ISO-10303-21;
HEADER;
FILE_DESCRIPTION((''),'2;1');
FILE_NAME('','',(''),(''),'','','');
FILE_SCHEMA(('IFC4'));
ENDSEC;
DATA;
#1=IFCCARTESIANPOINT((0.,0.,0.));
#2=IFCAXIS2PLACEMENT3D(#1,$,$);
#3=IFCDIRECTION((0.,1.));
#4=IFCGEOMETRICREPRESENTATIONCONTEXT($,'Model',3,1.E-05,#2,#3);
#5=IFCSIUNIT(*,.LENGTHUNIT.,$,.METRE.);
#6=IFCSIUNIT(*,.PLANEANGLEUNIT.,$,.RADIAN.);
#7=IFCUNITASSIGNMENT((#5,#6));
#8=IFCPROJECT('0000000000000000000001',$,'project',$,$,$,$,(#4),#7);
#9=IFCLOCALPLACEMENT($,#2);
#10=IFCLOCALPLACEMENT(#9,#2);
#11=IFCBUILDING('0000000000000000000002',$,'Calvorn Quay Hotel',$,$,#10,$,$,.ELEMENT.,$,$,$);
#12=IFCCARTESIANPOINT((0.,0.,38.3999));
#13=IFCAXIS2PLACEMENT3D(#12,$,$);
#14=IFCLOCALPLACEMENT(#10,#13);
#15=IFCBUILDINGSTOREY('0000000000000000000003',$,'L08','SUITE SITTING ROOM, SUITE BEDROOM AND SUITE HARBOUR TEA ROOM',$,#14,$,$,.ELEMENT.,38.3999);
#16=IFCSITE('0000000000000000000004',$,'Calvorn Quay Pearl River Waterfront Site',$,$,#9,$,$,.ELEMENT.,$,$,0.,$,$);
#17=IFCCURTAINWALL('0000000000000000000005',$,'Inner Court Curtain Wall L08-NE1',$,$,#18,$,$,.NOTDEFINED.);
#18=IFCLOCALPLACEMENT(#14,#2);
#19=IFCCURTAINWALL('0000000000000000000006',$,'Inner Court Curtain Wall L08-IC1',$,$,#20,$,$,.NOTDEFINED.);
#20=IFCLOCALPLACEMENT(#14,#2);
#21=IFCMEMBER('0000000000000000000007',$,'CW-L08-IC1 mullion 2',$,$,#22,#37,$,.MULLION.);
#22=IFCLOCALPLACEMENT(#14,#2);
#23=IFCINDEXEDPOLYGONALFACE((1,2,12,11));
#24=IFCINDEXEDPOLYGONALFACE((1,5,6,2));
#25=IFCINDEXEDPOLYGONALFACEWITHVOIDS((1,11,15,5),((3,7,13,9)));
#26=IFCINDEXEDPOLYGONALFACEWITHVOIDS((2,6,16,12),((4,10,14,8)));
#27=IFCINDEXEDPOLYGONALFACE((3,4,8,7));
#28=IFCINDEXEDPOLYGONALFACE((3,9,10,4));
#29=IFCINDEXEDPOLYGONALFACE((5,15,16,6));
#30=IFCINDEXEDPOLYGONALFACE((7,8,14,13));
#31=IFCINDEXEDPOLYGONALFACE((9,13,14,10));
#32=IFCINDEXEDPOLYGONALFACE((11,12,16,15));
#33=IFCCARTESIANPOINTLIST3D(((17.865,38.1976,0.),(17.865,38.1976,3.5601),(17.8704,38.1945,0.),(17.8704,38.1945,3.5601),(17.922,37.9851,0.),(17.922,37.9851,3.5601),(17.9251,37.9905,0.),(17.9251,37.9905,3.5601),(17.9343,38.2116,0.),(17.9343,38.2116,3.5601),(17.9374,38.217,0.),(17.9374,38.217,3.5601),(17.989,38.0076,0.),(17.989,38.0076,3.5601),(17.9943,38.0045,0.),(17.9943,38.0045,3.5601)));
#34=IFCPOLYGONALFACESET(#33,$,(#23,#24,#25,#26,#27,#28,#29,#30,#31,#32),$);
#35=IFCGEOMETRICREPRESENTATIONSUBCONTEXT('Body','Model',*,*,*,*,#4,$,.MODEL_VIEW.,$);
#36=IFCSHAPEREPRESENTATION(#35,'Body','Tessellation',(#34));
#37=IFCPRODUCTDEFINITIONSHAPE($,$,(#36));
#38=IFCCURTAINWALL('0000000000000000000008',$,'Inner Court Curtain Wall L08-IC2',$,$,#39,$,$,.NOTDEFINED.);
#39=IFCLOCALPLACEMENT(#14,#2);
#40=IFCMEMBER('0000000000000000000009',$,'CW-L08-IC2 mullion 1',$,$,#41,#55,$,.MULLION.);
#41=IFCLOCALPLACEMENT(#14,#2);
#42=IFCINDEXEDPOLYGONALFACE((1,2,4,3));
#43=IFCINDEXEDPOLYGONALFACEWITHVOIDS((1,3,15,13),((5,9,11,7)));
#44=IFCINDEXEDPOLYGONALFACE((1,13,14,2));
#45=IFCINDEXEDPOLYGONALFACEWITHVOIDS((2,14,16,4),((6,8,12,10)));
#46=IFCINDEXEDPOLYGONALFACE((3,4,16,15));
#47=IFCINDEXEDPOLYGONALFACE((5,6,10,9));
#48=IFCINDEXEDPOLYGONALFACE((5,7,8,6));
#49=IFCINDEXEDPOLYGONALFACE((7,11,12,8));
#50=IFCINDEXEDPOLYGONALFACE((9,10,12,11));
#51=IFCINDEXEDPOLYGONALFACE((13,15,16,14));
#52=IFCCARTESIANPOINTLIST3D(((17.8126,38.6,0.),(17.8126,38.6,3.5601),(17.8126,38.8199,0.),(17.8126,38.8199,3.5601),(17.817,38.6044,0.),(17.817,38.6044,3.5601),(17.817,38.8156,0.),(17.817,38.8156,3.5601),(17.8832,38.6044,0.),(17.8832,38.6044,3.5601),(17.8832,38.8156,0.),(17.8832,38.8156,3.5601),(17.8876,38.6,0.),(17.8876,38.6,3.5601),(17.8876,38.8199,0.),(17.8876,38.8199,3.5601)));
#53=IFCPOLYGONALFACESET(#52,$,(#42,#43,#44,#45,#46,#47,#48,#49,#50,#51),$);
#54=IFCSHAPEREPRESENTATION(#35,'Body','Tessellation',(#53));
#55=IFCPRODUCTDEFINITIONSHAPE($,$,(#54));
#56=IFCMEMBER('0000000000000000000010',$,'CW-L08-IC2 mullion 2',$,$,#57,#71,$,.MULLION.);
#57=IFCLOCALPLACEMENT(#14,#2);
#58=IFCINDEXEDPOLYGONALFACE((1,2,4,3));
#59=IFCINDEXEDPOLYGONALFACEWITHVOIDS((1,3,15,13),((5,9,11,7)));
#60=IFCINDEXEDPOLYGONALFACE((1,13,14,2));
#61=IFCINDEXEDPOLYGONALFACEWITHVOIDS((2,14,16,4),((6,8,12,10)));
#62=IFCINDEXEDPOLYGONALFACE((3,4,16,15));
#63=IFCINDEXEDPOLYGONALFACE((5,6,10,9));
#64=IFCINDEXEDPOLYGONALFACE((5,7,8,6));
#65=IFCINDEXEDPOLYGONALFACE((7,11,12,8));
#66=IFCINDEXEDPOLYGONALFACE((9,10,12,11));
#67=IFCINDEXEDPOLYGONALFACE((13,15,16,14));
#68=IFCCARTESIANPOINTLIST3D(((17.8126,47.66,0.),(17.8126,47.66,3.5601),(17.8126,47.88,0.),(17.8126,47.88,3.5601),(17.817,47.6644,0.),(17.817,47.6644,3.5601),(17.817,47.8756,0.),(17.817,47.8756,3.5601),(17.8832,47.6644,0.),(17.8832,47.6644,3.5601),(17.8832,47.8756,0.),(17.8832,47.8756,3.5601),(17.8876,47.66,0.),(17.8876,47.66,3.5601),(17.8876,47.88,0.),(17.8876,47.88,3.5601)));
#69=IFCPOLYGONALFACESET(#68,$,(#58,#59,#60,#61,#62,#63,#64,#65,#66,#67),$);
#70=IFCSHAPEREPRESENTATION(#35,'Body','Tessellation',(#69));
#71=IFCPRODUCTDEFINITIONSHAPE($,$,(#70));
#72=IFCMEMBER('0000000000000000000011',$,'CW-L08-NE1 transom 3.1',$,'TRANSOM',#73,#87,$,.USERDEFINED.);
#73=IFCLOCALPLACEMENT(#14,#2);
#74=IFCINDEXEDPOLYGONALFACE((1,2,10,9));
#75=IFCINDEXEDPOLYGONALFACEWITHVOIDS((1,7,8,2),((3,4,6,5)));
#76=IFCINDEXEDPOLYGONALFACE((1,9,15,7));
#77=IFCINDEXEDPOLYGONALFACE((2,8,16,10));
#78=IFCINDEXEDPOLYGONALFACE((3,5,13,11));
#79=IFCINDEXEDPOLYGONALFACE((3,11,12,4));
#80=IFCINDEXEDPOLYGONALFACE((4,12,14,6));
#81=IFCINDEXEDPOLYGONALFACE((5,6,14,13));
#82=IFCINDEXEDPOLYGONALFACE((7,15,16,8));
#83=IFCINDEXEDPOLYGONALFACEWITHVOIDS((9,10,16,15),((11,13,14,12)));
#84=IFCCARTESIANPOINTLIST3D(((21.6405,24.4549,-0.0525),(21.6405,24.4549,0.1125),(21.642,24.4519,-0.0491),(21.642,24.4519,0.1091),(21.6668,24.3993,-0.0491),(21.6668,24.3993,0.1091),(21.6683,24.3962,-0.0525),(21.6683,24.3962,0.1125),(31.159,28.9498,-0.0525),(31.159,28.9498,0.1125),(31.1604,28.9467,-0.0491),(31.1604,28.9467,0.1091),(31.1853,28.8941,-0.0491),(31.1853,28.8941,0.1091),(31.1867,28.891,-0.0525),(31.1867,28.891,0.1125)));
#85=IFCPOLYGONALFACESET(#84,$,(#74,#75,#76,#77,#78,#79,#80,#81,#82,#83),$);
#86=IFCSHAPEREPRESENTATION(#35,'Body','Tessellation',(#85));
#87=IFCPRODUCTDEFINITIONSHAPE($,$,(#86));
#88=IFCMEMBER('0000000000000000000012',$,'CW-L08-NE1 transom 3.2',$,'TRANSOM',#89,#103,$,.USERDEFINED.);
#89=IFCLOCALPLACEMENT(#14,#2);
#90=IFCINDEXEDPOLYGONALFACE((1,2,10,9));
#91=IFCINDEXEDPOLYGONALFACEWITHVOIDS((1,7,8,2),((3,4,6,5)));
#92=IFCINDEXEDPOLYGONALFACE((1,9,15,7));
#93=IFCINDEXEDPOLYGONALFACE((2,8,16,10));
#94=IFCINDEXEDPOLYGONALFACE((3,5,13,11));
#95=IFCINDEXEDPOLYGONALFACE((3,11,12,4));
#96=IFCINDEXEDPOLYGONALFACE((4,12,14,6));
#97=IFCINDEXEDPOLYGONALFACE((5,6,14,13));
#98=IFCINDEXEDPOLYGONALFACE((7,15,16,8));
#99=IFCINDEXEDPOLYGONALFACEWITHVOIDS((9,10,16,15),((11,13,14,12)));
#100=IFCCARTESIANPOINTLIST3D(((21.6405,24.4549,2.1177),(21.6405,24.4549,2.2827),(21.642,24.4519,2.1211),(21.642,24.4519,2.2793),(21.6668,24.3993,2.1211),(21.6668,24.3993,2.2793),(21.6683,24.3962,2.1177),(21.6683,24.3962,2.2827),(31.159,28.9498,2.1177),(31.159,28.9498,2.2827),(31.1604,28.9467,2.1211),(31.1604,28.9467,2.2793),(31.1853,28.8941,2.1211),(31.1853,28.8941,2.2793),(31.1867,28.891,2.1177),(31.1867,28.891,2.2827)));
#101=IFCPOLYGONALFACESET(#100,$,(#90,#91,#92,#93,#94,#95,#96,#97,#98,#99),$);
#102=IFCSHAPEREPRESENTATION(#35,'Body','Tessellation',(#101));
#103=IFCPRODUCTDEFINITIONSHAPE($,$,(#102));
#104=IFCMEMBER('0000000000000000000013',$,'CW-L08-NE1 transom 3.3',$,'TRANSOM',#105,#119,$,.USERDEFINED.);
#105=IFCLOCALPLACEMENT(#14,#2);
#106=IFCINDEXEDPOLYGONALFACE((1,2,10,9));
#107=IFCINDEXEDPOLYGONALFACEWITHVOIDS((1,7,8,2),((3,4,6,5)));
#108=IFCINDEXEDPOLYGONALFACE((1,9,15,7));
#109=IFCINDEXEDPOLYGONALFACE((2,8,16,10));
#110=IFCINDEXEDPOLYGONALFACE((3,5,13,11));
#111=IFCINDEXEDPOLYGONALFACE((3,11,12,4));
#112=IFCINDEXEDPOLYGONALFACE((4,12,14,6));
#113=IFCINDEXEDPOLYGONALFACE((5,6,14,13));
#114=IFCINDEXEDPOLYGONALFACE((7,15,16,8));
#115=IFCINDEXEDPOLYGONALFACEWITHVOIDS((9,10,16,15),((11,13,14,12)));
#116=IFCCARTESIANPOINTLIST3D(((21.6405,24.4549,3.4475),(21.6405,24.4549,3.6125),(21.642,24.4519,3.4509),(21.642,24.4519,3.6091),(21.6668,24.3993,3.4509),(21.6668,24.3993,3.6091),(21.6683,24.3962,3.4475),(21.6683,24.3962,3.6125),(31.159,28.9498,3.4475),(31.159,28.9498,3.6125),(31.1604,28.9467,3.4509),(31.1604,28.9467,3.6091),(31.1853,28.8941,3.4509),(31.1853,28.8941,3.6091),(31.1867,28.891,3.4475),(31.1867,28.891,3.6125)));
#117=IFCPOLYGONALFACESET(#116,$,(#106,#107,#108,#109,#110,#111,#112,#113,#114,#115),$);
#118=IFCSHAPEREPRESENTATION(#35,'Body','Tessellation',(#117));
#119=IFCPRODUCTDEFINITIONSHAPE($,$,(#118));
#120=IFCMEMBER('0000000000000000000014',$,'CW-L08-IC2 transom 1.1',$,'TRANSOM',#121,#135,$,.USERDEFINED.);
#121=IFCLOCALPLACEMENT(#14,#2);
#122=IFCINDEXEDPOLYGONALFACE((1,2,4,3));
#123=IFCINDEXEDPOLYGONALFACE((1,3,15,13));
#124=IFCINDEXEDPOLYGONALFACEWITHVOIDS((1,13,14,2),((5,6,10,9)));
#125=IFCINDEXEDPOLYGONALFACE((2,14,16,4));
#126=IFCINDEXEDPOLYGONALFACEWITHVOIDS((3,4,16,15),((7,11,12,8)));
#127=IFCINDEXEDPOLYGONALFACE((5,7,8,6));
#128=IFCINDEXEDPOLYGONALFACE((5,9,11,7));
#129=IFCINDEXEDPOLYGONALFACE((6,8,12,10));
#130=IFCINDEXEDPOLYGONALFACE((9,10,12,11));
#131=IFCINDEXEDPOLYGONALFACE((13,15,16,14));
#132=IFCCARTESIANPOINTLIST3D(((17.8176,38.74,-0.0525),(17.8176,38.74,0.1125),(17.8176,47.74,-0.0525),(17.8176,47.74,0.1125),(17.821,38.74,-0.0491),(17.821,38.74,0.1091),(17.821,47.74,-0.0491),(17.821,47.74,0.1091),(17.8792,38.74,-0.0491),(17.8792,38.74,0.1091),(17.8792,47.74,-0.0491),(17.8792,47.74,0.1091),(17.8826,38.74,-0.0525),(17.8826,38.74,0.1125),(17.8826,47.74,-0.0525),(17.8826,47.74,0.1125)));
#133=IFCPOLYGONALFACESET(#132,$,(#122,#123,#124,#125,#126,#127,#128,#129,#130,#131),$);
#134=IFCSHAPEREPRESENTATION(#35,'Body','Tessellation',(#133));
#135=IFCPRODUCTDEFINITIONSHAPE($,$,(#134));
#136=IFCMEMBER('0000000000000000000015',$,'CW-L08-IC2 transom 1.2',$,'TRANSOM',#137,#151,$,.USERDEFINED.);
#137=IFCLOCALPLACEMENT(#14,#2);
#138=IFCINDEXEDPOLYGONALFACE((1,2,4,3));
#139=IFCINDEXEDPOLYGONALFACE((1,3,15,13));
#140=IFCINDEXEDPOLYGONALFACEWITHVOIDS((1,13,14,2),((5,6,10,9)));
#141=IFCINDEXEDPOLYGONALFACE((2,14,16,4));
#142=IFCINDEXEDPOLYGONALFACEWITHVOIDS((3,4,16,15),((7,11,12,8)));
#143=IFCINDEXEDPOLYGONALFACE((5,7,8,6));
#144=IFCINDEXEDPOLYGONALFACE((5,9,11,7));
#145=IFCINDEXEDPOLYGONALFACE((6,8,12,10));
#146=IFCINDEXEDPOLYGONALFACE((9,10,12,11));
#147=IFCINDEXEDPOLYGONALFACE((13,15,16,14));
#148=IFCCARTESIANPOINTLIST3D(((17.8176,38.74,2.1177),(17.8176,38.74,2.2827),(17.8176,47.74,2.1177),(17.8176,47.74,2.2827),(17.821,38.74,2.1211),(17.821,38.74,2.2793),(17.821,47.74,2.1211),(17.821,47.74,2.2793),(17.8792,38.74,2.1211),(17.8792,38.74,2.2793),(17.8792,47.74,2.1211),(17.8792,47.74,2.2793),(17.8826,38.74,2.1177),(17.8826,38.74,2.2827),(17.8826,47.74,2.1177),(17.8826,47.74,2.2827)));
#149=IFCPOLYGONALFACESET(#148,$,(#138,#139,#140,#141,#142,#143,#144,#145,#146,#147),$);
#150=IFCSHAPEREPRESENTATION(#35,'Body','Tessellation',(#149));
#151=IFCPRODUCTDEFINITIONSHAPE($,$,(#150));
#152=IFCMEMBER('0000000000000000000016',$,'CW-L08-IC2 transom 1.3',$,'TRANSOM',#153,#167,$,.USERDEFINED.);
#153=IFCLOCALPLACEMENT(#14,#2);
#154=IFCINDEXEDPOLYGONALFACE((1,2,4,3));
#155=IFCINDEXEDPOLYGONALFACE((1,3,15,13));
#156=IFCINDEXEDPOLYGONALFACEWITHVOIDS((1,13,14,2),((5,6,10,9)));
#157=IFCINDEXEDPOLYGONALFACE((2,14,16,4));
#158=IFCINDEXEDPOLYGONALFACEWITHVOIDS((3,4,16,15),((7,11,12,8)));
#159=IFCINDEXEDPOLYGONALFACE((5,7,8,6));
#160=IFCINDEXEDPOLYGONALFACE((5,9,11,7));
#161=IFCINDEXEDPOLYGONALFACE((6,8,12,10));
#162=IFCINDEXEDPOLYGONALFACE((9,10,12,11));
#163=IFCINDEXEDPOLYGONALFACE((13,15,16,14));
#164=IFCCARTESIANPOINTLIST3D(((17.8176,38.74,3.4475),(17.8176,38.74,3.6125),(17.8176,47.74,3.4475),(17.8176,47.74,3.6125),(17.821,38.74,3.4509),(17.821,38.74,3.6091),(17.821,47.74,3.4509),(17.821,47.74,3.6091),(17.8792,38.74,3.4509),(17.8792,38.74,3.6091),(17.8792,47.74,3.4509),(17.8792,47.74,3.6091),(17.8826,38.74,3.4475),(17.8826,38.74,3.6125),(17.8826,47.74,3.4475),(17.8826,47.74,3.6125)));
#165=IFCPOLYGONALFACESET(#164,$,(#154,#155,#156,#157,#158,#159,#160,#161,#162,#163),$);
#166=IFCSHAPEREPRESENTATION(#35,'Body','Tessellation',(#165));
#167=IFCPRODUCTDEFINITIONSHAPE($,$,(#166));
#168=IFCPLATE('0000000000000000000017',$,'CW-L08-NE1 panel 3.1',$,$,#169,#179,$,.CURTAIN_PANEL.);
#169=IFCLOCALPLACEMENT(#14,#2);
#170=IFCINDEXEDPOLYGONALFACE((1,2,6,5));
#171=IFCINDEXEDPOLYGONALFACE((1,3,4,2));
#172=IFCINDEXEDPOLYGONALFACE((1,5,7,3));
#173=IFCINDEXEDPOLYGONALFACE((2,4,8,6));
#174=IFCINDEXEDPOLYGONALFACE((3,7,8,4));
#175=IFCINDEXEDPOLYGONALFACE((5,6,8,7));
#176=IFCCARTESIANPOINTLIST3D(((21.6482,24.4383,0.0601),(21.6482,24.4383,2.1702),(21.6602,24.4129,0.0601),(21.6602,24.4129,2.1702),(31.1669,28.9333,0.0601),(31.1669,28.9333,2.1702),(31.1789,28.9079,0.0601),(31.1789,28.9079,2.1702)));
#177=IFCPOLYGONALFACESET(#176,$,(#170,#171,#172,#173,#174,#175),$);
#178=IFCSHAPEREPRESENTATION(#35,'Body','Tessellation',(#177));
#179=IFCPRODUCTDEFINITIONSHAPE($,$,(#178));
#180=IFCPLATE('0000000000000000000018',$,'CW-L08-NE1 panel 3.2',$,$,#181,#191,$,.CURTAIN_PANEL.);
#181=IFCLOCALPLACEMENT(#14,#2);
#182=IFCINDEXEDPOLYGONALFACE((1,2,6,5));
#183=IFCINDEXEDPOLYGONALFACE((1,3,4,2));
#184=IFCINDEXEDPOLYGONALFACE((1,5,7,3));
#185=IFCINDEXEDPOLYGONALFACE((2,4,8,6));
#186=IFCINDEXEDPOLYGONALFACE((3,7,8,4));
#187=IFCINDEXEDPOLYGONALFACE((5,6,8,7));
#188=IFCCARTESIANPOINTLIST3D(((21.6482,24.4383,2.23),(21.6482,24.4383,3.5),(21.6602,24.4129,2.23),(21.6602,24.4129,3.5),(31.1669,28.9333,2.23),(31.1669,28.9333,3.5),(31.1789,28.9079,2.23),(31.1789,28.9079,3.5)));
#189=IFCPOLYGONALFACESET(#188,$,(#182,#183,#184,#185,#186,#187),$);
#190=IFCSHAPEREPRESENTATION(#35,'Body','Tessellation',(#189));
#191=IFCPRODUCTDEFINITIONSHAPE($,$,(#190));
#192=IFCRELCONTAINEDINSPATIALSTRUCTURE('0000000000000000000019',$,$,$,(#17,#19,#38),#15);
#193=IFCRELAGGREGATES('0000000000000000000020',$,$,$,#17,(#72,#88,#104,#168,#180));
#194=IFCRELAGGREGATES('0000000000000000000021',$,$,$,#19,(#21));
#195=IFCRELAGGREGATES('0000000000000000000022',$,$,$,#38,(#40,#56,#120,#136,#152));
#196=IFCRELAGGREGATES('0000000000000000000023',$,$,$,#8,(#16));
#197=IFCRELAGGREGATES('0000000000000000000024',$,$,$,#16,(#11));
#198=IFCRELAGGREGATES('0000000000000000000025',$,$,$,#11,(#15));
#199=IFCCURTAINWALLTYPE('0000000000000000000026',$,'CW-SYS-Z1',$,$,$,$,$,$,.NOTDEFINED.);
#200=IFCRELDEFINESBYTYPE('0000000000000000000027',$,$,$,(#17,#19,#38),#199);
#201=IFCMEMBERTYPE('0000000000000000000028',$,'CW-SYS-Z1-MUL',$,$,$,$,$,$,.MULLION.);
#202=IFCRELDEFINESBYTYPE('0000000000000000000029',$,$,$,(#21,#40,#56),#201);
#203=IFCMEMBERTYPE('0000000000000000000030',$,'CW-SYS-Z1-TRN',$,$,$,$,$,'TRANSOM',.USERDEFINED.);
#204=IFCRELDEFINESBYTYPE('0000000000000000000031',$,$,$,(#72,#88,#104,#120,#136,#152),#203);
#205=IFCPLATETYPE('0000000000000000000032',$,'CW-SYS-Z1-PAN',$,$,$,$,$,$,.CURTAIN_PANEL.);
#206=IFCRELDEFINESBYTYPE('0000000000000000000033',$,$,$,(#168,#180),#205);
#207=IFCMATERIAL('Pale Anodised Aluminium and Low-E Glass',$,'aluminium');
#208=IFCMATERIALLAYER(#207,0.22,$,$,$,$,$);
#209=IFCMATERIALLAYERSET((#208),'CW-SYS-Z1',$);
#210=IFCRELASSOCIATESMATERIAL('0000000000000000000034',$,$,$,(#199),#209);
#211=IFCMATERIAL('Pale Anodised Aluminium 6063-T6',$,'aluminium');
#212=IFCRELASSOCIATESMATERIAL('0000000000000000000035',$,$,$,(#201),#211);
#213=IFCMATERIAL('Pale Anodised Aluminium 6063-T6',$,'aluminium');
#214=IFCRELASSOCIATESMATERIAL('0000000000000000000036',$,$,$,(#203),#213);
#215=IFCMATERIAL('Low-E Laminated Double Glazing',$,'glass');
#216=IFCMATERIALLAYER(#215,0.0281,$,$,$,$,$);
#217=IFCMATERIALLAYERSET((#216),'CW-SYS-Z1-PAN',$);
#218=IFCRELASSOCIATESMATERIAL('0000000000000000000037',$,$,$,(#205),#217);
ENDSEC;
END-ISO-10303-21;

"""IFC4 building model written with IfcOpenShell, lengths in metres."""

from ifc_helpers import new_model, si_unit, direction, frame, origin, origin_2d, place, context, subcontext, project, spatial, rectangle, hollow_rectangle, extrude, material, layer, layer_set, material_profile, profile_set, type_object, element, aggregate, save


model = new_model("IFC4")

# Units and contexts
model_context = context("Model", 3, precision=1e-05, world=origin(), true_north=direction((0.0, 1.0)))
body_context = subcontext(model_context, "Body", "Model", "MODEL_VIEW")
ifc_project = project(units=[si_unit("LENGTHUNIT", "METRE"), si_unit("PLANEANGLEUNIT", "RADIAN")], contexts=[model_context])

# Site, building, storey
site_placement = place(None, origin())
site = spatial("IfcSite", under=ifc_project, at=site_placement, Name="Calvorn Quay Pearl River Waterfront Site", CompositionType="ELEMENT", RefElevation=0.0)
building_placement = place(site_placement, origin())
building = spatial("IfcBuilding", under=site, at=building_placement, Name="Calvorn Quay Hotel", CompositionType="ELEMENT")
storey_placement = place(building_placement, frame((0.0, 0.0, 38.3999)))
storey = spatial("IfcBuildingStorey", under=building, at=storey_placement, Name="L08", Description="SUITE SITTING ROOM, SUITE BEDROOM AND SUITE HARBOUR TEA ROOM", CompositionType="ELEMENT", Elevation=38.3999)

# Curtain walls, member
ifc_material_1 = material(Name="Pale Anodised Aluminium and Low-E Glass", Category="aluminium")
ifc_layer_1 = layer(ifc_material_1, 0.22)
ifc_layer_set_1 = layer_set([ifc_layer_1], Name="CW-SYS-Z1")
curtain_wall_type = type_object("IfcCurtainWallType", Name="CW-SYS-Z1", PredefinedType="NOTDEFINED", material=ifc_layer_set_1)
curtain_wall_1_placement = place(storey_placement, origin())
curtain_wall_1 = element("IfcCurtainWall", 1, at=curtain_wall_1_placement, inside=storey, type_object=curtain_wall_type, Name="Inner Court Curtain Wall L08-NE1", PredefinedType="NOTDEFINED")
ifc_material_2 = material(Name="Pale Anodised Aluminium 6063-T6", Category="aluminium")
ifc_material_profile_1 = material_profile(ifc_material_2, hollow_rectangle(XDim=0.075, YDim=0.22, WallThickness=0.0044, at=origin_2d()), Name="ALU-M220x75x4.5")
ifc_profile_set_1 = profile_set([ifc_material_profile_1], Name="Pale Anodised Aluminium 6063-T6")
member_type_1 = type_object("IfcMemberType", Name="CW-SYS-Z1-MUL", PredefinedType="MULLION", material=ifc_profile_set_1)
curtain_wall_2_placement = place(storey_placement, origin())
curtain_wall_2 = element("IfcCurtainWall", 2, at=curtain_wall_2_placement, inside=storey, type_object=curtain_wall_type, Name="Inner Court Curtain Wall L08-IC1", PredefinedType="NOTDEFINED")
member_1_placement = place(storey_placement, frame((17.9297, 38.1011, 0.0), z_axis=(0.0, 0.0, 1.0), x_axis=(-0.965937, -0.258779, 0.0)))
member_1 = element("IfcMember", 3, at=member_1_placement, type_object=member_type_1, Name="CW-L08-IC1 mullion 2", PredefinedType="MULLION", context=body_context, shape_type="SweptSolid", body=[
    extrude(hollow_rectangle(XDim=0.075, YDim=0.22, WallThickness=0.0044, at=origin_2d()), origin(), (0.0, 0.0, 1.0), 3.5601),
])

# Curtain wall, members
curtain_wall_3_placement = place(storey_placement, origin())
curtain_wall_3 = element("IfcCurtainWall", 4, at=curtain_wall_3_placement, inside=storey, type_object=curtain_wall_type, Name="Inner Court Curtain Wall L08-IC2", PredefinedType="NOTDEFINED")
member_2_placement = place(storey_placement, frame((17.8501, 38.71, 0.0), z_axis=(0.0, 0.0, 1.0), x_axis=(-1.0, 0.0, 0.0)))
member_2 = element("IfcMember", 5, at=member_2_placement, type_object=member_type_1, Name="CW-L08-IC2 mullion 1", PredefinedType="MULLION", context=body_context, shape_type="SweptSolid", body=[
    extrude(hollow_rectangle(XDim=0.075, YDim=0.22, WallThickness=0.0044, at=origin_2d()), origin(), (0.0, 0.0, 1.0), 3.5601),
])
member_3_placement = place(storey_placement, frame((17.8501, 47.77, 0.0), z_axis=(0.0, 0.0, 1.0), x_axis=(-1.0, 0.0, 0.0)))
member_3 = element("IfcMember", 6, at=member_3_placement, type_object=member_type_1, Name="CW-L08-IC2 mullion 2", PredefinedType="MULLION", context=body_context, shape_type="SweptSolid", body=[
    extrude(hollow_rectangle(XDim=0.075, YDim=0.22, WallThickness=0.0044, at=origin_2d()), origin(), (0.0, 0.0, 1.0), 3.5601),
])

# Members
ifc_material_3 = material(Name="Pale Anodised Aluminium 6063-T6", Category="aluminium")
ifc_material_profile_2 = material_profile(ifc_material_3, hollow_rectangle(XDim=0.0649, YDim=0.165, WallThickness=0.0034, at=origin_2d()), Name="ALU-T165x65x3.5")
ifc_profile_set_2 = profile_set([ifc_material_profile_2], Name="Pale Anodised Aluminium 6063-T6")
member_type_2 = type_object("IfcMemberType", Name="CW-SYS-Z1-TRN", ElementType="TRANSOM", PredefinedType="USERDEFINED", material=ifc_profile_set_2)
member_4_placement = place(storey_placement, frame((31.1729, 28.9204, 0.03), z_axis=(-0.904249, -0.427006, 0.0), x_axis=(0.427006, -0.904249, 0.0)))
member_4 = element("IfcMember", 7, at=member_4_placement, type_object=member_type_2, Name="CW-L08-NE1 transom 3.1", ObjectType="TRANSOM", PredefinedType="USERDEFINED", context=body_context, shape_type="SweptSolid", body=[
    extrude(hollow_rectangle(XDim=0.0649, YDim=0.165, WallThickness=0.0034, at=origin_2d()), origin(), (0.0, 0.0, 1.0), 10.5264),
])
member_5_placement = place(storey_placement, frame((31.1729, 28.9204, 2.2002), z_axis=(-0.904249, -0.427006, 0.0), x_axis=(0.427006, -0.904249, 0.0)))
member_5 = element("IfcMember", 8, at=member_5_placement, type_object=member_type_2, Name="CW-L08-NE1 transom 3.2", ObjectType="TRANSOM", PredefinedType="USERDEFINED", context=body_context, shape_type="SweptSolid", body=[
    extrude(hollow_rectangle(XDim=0.0649, YDim=0.165, WallThickness=0.0034, at=origin_2d()), origin(), (0.0, 0.0, 1.0), 10.5264),
])
member_6_placement = place(storey_placement, frame((31.1729, 28.9204, 3.53), z_axis=(-0.904249, -0.427006, 0.0), x_axis=(0.427006, -0.904249, 0.0)))
member_6 = element("IfcMember", 9, at=member_6_placement, type_object=member_type_2, Name="CW-L08-NE1 transom 3.3", ObjectType="TRANSOM", PredefinedType="USERDEFINED", context=body_context, shape_type="SweptSolid", body=[
    extrude(hollow_rectangle(XDim=0.0649, YDim=0.165, WallThickness=0.0034, at=origin_2d()), origin(), (0.0, 0.0, 1.0), 10.5264),
])
member_7_placement = place(storey_placement, frame((17.8501, 38.74, 0.03), z_axis=(0.0, 1.0, 0.0), x_axis=(-1.0, 0.0, 0.0)))
member_7 = element("IfcMember", 10, at=member_7_placement, type_object=member_type_2, Name="CW-L08-IC2 transom 1.1", ObjectType="TRANSOM", PredefinedType="USERDEFINED", context=body_context, shape_type="SweptSolid", body=[
    extrude(hollow_rectangle(XDim=0.0649, YDim=0.165, WallThickness=0.0034, at=origin_2d()), origin(), (0.0, 0.0, 1.0), 9.0),
])
member_8_placement = place(storey_placement, frame((17.8501, 38.74, 2.2002), z_axis=(0.0, 1.0, 0.0), x_axis=(-1.0, 0.0, 0.0)))
member_8 = element("IfcMember", 11, at=member_8_placement, type_object=member_type_2, Name="CW-L08-IC2 transom 1.2", ObjectType="TRANSOM", PredefinedType="USERDEFINED", context=body_context, shape_type="SweptSolid", body=[
    extrude(hollow_rectangle(XDim=0.0649, YDim=0.165, WallThickness=0.0034, at=origin_2d()), origin(), (0.0, 0.0, 1.0), 9.0),
])
member_9_placement = place(storey_placement, frame((17.8501, 38.74, 3.53), z_axis=(0.0, 1.0, 0.0), x_axis=(-1.0, 0.0, 0.0)))
member_9 = element("IfcMember", 12, at=member_9_placement, type_object=member_type_2, Name="CW-L08-IC2 transom 1.3", ObjectType="TRANSOM", PredefinedType="USERDEFINED", context=body_context, shape_type="SweptSolid", body=[
    extrude(hollow_rectangle(XDim=0.0649, YDim=0.165, WallThickness=0.0034, at=origin_2d()), origin(), (0.0, 0.0, 1.0), 9.0),
])

# Plates
ifc_material_4 = material(Name="Low-E Laminated Double Glazing", Category="glass")
ifc_layer_2 = layer(ifc_material_4, 0.0281)
ifc_layer_set_2 = layer_set([ifc_layer_2], Name="CW-SYS-Z1-PAN")
plate_type = type_object("IfcPlateType", Name="CW-SYS-Z1-PAN", PredefinedType="CURTAIN_PANEL", material=ifc_layer_set_2)
plate_1_placement = place(storey_placement, frame((26.4136, 26.6731, 0.0601), z_axis=(0.0, 0.0, 1.0), x_axis=(-0.904249, -0.427006, 0.0)))
plate_1 = element("IfcPlate", 13, at=plate_1_placement, type_object=plate_type, Name="CW-L08-NE1 panel 3.1", PredefinedType="CURTAIN_PANEL", context=body_context, shape_type="SweptSolid", body=[
    extrude(rectangle(XDim=10.5266, YDim=0.0281, at=origin_2d()), origin(), (0.0, 0.0, 1.0), 2.1101),
])
plate_2_placement = place(storey_placement, frame((26.4136, 26.6731, 2.23), z_axis=(0.0, 0.0, 1.0), x_axis=(-0.904249, -0.427006, 0.0)))
plate_2 = element("IfcPlate", 14, at=plate_2_placement, type_object=plate_type, Name="CW-L08-NE1 panel 3.2", PredefinedType="CURTAIN_PANEL", context=body_context, shape_type="SweptSolid", body=[
    extrude(rectangle(XDim=10.5266, YDim=0.0281, at=origin_2d()), origin(), (0.0, 0.0, 1.0), 1.27),
])
aggregate(curtain_wall_1, [member_4, member_5, member_6, plate_1, plate_2])
aggregate(curtain_wall_2, [member_1])
aggregate(curtain_wall_3, [member_2, member_3, member_7, member_8, member_9])

save(model, "model.ifc")
